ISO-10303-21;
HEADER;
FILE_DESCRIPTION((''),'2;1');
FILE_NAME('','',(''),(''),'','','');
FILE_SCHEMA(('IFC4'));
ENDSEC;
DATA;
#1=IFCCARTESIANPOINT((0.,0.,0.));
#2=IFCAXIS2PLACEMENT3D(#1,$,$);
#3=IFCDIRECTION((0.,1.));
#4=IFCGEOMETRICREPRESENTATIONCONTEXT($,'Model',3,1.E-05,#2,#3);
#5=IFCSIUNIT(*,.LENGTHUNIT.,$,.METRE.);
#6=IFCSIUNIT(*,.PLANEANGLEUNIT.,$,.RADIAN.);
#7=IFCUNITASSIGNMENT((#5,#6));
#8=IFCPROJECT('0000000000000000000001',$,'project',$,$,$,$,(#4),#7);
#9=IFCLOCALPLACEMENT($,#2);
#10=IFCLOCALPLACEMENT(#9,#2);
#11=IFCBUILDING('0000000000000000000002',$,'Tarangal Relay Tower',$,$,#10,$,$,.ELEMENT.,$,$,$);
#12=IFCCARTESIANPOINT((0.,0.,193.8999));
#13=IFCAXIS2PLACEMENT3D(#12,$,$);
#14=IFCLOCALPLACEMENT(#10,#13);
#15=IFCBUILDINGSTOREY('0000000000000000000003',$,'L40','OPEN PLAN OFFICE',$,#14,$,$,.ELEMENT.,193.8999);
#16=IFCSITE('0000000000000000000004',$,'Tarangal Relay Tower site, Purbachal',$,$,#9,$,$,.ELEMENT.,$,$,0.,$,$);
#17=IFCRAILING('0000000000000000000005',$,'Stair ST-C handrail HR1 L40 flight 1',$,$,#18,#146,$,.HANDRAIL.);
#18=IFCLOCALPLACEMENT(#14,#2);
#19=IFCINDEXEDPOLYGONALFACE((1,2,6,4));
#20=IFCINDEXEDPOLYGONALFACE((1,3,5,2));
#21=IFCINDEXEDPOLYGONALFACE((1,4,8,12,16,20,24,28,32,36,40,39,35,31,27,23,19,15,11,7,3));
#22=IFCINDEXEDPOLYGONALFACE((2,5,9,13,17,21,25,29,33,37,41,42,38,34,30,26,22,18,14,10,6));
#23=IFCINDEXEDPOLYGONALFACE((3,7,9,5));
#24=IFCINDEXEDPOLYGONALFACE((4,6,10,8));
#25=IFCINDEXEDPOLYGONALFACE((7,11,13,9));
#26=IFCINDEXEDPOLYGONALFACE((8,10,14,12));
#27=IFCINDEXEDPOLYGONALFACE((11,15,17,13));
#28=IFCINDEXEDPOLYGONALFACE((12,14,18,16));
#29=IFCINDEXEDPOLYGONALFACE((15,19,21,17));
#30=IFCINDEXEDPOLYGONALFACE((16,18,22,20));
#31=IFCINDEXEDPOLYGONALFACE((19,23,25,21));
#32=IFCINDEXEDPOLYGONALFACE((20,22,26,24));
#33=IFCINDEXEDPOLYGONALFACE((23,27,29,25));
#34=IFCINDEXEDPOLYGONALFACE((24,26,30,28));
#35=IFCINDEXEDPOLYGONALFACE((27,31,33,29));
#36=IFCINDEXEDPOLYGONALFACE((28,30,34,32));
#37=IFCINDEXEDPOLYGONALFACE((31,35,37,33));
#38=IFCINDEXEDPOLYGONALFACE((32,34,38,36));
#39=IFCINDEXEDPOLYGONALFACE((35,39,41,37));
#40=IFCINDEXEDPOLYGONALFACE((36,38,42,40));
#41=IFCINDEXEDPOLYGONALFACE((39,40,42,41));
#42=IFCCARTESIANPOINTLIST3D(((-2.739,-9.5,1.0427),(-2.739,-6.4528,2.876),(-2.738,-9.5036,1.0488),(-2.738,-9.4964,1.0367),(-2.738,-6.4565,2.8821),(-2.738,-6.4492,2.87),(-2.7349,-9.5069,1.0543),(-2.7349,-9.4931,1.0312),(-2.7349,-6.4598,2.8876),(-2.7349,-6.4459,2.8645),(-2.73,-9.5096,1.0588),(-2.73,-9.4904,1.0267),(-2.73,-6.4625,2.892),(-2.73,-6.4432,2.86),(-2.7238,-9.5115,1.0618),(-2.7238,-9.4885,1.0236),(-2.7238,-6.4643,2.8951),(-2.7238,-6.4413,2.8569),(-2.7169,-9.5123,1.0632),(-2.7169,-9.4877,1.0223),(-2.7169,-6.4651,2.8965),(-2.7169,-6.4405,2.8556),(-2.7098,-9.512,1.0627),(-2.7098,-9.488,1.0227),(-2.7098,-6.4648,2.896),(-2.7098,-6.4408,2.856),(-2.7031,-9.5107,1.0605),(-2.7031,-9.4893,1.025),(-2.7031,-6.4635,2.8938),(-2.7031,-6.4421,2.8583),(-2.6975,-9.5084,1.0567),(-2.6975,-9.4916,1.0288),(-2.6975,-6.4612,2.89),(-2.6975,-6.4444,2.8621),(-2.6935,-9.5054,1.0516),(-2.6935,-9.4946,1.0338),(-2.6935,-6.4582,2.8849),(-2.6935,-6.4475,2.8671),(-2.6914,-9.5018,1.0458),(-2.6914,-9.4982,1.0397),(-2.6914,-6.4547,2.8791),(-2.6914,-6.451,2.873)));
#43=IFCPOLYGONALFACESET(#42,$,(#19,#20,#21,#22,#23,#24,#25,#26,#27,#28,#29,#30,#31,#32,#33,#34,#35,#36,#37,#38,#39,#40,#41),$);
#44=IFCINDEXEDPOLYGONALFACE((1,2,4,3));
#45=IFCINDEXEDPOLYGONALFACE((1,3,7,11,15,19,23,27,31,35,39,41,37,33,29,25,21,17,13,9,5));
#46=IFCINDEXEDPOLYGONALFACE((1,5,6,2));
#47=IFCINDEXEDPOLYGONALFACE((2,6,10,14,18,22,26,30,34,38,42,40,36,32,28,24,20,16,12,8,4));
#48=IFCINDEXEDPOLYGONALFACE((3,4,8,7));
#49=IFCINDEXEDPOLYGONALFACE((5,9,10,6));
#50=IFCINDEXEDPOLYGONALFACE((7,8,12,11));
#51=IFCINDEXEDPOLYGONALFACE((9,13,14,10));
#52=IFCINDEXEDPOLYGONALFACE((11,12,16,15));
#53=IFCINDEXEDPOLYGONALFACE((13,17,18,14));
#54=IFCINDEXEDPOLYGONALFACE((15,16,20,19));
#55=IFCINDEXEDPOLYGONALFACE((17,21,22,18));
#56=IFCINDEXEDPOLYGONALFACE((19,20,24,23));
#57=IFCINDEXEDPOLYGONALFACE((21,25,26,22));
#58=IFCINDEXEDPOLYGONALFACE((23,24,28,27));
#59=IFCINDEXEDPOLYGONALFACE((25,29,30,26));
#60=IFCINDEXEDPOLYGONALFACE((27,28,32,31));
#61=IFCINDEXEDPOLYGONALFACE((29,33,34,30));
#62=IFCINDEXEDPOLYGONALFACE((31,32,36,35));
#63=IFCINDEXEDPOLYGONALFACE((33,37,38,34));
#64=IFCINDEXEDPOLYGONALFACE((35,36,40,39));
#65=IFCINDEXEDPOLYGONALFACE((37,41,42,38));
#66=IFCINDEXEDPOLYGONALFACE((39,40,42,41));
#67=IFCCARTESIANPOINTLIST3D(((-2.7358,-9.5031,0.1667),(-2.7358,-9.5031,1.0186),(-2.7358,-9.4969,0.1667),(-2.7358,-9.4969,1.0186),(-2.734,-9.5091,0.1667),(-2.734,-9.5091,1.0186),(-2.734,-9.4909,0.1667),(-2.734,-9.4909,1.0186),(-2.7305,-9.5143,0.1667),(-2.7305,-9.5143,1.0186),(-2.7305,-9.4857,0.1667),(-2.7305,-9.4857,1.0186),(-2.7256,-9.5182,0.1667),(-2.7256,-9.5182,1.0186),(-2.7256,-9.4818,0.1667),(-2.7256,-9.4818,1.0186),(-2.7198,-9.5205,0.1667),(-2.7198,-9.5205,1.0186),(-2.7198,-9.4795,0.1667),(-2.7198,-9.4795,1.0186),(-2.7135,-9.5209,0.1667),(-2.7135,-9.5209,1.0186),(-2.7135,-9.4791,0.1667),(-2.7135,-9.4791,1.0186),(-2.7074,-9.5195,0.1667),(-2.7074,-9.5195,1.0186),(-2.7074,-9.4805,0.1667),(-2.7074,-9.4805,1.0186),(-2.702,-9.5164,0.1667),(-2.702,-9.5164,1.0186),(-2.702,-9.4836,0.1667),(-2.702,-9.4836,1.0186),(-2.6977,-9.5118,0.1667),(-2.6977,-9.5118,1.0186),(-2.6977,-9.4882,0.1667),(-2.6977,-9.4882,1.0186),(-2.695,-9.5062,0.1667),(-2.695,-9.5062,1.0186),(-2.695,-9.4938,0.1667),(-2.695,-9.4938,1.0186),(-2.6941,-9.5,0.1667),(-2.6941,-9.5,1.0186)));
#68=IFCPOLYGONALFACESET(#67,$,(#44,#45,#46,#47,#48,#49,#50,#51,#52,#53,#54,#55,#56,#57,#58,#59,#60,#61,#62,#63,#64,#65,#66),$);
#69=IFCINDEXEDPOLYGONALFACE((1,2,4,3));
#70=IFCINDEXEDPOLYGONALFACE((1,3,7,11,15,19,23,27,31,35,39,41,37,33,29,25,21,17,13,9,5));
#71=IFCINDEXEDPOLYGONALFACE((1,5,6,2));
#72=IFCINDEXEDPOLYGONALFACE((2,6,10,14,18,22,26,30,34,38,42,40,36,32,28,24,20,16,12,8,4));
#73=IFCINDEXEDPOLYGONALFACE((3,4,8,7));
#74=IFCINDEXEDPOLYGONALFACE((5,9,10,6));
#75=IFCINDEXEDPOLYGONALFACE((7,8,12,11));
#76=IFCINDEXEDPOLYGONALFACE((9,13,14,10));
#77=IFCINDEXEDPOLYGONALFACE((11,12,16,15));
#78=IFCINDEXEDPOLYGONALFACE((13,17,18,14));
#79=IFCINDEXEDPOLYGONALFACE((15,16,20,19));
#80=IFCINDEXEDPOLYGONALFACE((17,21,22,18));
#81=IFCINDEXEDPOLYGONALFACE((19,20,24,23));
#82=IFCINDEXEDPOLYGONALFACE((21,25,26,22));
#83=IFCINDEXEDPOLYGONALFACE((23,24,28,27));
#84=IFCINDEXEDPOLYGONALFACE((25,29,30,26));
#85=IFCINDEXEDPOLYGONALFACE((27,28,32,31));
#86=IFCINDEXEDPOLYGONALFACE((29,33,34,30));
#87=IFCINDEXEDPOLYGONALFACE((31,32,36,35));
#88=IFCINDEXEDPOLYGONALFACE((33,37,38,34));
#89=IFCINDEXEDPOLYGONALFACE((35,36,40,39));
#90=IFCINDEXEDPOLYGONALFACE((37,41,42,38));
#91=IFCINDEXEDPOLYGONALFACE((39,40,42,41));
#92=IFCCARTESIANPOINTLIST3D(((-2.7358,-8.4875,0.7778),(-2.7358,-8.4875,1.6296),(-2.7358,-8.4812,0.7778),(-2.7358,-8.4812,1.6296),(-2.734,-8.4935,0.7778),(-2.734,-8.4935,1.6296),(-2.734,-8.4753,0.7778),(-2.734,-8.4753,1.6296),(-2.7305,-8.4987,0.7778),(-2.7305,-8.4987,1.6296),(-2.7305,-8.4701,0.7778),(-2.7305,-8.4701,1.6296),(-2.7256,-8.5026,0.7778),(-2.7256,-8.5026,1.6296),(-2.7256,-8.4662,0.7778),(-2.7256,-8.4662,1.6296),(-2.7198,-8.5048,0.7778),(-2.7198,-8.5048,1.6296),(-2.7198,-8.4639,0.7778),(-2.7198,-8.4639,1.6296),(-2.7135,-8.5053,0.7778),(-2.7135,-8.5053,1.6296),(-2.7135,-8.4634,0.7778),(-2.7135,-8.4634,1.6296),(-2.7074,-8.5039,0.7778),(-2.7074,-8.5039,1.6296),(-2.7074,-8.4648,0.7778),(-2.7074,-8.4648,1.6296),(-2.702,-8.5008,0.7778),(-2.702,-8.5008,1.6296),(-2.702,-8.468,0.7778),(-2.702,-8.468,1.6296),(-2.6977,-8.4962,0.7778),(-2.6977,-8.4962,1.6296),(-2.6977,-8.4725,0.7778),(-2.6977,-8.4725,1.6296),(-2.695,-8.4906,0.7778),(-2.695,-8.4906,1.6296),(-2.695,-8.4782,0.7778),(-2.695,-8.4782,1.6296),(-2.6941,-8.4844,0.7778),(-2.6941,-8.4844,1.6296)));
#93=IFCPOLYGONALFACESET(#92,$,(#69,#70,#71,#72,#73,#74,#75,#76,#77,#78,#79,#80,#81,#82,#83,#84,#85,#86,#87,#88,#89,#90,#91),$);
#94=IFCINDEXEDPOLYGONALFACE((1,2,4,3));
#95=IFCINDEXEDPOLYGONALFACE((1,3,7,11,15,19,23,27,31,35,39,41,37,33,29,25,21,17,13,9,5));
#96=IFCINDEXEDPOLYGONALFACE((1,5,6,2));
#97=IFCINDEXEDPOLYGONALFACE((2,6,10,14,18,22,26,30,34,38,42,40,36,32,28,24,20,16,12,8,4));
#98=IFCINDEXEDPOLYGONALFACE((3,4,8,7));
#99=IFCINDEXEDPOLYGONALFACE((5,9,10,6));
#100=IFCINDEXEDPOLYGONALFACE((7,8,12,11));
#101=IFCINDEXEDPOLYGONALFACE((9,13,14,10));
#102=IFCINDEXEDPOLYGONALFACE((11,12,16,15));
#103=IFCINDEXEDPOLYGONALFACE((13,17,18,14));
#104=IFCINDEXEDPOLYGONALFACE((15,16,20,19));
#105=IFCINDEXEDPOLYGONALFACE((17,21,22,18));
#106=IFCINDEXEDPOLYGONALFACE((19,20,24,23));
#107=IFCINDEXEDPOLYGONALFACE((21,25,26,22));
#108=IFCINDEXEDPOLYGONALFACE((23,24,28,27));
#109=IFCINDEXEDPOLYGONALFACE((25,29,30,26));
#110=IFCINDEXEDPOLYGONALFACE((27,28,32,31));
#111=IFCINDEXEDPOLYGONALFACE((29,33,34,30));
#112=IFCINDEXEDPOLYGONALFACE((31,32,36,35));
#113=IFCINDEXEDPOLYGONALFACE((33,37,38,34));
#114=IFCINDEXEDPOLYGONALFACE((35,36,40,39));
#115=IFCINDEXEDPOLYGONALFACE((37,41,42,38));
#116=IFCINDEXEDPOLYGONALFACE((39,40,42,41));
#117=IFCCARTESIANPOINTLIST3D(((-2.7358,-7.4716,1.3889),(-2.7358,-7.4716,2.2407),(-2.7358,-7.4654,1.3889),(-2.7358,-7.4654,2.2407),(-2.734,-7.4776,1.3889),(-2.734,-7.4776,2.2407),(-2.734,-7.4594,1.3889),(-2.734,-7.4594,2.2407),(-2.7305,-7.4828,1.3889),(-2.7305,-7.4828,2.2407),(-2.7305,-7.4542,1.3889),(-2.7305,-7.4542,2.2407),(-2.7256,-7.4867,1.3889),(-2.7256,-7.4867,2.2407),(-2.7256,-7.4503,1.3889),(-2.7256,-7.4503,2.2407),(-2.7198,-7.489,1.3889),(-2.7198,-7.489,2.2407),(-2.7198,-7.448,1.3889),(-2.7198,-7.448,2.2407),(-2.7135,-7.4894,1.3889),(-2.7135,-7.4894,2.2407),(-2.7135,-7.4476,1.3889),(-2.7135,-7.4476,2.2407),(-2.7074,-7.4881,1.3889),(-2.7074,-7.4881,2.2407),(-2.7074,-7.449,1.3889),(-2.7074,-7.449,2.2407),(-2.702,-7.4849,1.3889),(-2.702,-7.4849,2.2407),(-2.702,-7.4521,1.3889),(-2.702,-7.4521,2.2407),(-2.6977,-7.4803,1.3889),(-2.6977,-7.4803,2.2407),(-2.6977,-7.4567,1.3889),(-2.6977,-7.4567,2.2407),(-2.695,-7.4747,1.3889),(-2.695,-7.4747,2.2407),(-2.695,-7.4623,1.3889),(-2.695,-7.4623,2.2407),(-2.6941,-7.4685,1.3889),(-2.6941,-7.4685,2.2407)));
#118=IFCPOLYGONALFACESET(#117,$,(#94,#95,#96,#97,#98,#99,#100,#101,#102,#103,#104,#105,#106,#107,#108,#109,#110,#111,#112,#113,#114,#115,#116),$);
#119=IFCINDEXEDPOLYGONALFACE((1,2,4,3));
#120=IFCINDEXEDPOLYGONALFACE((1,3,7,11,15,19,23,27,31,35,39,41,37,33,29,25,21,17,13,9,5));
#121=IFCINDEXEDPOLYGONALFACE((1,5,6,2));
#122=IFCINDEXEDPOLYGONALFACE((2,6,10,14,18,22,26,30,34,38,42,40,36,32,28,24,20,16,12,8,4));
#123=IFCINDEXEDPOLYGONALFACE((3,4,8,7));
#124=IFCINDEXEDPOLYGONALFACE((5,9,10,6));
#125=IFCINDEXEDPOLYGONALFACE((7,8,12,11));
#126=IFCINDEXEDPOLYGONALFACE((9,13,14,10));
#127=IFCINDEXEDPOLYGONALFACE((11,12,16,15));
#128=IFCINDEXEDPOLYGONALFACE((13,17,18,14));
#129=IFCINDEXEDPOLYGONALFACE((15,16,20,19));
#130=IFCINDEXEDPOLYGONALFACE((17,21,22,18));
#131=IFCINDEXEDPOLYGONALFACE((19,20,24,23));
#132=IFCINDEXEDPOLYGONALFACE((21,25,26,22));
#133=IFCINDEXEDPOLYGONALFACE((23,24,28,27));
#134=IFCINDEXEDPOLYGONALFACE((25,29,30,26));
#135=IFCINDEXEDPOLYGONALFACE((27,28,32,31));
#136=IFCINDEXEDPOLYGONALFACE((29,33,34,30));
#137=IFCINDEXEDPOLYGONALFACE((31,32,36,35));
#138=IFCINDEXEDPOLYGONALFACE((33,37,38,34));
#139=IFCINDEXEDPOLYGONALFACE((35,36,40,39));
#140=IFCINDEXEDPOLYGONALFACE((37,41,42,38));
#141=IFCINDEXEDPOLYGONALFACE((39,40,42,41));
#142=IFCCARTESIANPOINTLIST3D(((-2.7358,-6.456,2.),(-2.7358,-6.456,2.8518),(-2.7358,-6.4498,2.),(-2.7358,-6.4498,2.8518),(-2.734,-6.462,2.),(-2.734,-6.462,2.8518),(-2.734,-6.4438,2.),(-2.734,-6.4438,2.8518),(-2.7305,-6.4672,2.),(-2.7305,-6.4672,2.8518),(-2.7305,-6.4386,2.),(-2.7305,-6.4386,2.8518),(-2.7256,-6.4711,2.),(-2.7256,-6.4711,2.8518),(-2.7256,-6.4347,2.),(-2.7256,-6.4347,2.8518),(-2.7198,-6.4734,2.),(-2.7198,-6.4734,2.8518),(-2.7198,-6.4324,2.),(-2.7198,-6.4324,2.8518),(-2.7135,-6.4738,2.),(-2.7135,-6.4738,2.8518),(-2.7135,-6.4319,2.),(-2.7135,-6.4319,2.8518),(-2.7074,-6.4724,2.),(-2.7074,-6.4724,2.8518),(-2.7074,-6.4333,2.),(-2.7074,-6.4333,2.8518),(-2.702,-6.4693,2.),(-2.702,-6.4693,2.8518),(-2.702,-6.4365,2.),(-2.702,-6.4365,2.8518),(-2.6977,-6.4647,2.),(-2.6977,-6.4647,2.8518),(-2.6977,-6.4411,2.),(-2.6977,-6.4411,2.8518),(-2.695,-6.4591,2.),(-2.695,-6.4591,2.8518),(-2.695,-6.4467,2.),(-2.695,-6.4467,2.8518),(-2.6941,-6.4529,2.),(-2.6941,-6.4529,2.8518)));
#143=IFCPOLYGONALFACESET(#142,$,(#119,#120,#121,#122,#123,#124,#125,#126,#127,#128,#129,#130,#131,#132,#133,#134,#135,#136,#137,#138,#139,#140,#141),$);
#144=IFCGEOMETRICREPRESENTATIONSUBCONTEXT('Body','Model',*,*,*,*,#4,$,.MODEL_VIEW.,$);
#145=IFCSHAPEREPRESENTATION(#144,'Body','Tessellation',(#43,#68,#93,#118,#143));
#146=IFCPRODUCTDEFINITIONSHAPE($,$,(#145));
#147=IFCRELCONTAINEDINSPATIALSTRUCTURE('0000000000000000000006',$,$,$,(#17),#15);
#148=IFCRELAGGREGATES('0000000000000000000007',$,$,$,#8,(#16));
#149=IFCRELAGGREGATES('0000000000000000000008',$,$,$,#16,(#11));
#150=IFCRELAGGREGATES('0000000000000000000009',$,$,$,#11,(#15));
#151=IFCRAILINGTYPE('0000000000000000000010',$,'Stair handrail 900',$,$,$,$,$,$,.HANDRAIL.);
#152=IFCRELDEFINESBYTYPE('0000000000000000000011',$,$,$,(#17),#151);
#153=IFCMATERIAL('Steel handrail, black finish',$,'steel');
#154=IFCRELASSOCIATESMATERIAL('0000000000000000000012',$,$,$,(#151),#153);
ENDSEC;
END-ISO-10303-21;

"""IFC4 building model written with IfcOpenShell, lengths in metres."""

from ifc_helpers import new_model, si_unit, direction, frame, origin, origin_2d, place, context, subcontext, project, spatial, circle, extrude, material, type_object, element, save


model = new_model("IFC4")

# Units and contexts
model_context = context("Model", 3, precision=1e-05, world=origin(), true_north=direction((0.0, 1.0)))
body_context = subcontext(model_context, "Body", "Model", "MODEL_VIEW")
ifc_project = project(units=[si_unit("LENGTHUNIT", "METRE"), si_unit("PLANEANGLEUNIT", "RADIAN")], contexts=[model_context])

# Site, building, storey
site_placement = place(None, origin())
site = spatial("IfcSite", under=ifc_project, at=site_placement, Name="Tarangal Relay Tower site, Purbachal", CompositionType="ELEMENT", RefElevation=0.0)
building_placement = place(site_placement, origin())
building = spatial("IfcBuilding", under=site, at=building_placement, Name="Tarangal Relay Tower", CompositionType="ELEMENT")
storey_placement = place(building_placement, frame((0.0, 0.0, 193.8999)))
storey = spatial("IfcBuildingStorey", under=building, at=storey_placement, Name="L40", Description="OPEN PLAN OFFICE", CompositionType="ELEMENT", Elevation=193.8999)

# Railing
ifc_material_1 = material(Name="Steel handrail, black finish", Category="steel")
railing_type_1 = type_object("IfcRailingType", Name="Stair handrail 900", PredefinedType="HANDRAIL", material=ifc_material_1)
railing_1_placement = place(storey_placement, frame((-2.7151, -9.5, 0.1667)))
element("IfcRailing", 1, at=railing_1_placement, inside=storey, type_object=railing_type_1, Name="Stair ST-C handrail HR1 L40 flight 1", PredefinedType="HANDRAIL", context=body_context, shape_type="SweptSolid", body=[
    extrude(circle(Radius=0.0239, at=origin_2d()), frame((0.0, 0.0, 0.876), z_axis=(0.0, 0.856874, 0.515525), x_axis=(-1.0, 0.0, 0.0)), (0.0, 0.0, 1.0), 3.5562),
    extrude(circle(Radius=0.021, at=origin_2d()), origin(), (0.0, 0.0, 1.0), 0.8518),
    extrude(circle(Radius=0.021, at=origin_2d()), frame((0.0, 1.0156, 0.6111)), (0.0, 0.0, 1.0), 0.8518),
    extrude(circle(Radius=0.021, at=origin_2d()), frame((0.0, 2.0315, 1.2222)), (0.0, 0.0, 1.0), 0.8518),
    extrude(circle(Radius=0.021, at=origin_2d()), frame((0.0, 3.0471, 1.8333)), (0.0, 0.0, 1.0), 0.8518),
])

save(model, "model.ifc")
